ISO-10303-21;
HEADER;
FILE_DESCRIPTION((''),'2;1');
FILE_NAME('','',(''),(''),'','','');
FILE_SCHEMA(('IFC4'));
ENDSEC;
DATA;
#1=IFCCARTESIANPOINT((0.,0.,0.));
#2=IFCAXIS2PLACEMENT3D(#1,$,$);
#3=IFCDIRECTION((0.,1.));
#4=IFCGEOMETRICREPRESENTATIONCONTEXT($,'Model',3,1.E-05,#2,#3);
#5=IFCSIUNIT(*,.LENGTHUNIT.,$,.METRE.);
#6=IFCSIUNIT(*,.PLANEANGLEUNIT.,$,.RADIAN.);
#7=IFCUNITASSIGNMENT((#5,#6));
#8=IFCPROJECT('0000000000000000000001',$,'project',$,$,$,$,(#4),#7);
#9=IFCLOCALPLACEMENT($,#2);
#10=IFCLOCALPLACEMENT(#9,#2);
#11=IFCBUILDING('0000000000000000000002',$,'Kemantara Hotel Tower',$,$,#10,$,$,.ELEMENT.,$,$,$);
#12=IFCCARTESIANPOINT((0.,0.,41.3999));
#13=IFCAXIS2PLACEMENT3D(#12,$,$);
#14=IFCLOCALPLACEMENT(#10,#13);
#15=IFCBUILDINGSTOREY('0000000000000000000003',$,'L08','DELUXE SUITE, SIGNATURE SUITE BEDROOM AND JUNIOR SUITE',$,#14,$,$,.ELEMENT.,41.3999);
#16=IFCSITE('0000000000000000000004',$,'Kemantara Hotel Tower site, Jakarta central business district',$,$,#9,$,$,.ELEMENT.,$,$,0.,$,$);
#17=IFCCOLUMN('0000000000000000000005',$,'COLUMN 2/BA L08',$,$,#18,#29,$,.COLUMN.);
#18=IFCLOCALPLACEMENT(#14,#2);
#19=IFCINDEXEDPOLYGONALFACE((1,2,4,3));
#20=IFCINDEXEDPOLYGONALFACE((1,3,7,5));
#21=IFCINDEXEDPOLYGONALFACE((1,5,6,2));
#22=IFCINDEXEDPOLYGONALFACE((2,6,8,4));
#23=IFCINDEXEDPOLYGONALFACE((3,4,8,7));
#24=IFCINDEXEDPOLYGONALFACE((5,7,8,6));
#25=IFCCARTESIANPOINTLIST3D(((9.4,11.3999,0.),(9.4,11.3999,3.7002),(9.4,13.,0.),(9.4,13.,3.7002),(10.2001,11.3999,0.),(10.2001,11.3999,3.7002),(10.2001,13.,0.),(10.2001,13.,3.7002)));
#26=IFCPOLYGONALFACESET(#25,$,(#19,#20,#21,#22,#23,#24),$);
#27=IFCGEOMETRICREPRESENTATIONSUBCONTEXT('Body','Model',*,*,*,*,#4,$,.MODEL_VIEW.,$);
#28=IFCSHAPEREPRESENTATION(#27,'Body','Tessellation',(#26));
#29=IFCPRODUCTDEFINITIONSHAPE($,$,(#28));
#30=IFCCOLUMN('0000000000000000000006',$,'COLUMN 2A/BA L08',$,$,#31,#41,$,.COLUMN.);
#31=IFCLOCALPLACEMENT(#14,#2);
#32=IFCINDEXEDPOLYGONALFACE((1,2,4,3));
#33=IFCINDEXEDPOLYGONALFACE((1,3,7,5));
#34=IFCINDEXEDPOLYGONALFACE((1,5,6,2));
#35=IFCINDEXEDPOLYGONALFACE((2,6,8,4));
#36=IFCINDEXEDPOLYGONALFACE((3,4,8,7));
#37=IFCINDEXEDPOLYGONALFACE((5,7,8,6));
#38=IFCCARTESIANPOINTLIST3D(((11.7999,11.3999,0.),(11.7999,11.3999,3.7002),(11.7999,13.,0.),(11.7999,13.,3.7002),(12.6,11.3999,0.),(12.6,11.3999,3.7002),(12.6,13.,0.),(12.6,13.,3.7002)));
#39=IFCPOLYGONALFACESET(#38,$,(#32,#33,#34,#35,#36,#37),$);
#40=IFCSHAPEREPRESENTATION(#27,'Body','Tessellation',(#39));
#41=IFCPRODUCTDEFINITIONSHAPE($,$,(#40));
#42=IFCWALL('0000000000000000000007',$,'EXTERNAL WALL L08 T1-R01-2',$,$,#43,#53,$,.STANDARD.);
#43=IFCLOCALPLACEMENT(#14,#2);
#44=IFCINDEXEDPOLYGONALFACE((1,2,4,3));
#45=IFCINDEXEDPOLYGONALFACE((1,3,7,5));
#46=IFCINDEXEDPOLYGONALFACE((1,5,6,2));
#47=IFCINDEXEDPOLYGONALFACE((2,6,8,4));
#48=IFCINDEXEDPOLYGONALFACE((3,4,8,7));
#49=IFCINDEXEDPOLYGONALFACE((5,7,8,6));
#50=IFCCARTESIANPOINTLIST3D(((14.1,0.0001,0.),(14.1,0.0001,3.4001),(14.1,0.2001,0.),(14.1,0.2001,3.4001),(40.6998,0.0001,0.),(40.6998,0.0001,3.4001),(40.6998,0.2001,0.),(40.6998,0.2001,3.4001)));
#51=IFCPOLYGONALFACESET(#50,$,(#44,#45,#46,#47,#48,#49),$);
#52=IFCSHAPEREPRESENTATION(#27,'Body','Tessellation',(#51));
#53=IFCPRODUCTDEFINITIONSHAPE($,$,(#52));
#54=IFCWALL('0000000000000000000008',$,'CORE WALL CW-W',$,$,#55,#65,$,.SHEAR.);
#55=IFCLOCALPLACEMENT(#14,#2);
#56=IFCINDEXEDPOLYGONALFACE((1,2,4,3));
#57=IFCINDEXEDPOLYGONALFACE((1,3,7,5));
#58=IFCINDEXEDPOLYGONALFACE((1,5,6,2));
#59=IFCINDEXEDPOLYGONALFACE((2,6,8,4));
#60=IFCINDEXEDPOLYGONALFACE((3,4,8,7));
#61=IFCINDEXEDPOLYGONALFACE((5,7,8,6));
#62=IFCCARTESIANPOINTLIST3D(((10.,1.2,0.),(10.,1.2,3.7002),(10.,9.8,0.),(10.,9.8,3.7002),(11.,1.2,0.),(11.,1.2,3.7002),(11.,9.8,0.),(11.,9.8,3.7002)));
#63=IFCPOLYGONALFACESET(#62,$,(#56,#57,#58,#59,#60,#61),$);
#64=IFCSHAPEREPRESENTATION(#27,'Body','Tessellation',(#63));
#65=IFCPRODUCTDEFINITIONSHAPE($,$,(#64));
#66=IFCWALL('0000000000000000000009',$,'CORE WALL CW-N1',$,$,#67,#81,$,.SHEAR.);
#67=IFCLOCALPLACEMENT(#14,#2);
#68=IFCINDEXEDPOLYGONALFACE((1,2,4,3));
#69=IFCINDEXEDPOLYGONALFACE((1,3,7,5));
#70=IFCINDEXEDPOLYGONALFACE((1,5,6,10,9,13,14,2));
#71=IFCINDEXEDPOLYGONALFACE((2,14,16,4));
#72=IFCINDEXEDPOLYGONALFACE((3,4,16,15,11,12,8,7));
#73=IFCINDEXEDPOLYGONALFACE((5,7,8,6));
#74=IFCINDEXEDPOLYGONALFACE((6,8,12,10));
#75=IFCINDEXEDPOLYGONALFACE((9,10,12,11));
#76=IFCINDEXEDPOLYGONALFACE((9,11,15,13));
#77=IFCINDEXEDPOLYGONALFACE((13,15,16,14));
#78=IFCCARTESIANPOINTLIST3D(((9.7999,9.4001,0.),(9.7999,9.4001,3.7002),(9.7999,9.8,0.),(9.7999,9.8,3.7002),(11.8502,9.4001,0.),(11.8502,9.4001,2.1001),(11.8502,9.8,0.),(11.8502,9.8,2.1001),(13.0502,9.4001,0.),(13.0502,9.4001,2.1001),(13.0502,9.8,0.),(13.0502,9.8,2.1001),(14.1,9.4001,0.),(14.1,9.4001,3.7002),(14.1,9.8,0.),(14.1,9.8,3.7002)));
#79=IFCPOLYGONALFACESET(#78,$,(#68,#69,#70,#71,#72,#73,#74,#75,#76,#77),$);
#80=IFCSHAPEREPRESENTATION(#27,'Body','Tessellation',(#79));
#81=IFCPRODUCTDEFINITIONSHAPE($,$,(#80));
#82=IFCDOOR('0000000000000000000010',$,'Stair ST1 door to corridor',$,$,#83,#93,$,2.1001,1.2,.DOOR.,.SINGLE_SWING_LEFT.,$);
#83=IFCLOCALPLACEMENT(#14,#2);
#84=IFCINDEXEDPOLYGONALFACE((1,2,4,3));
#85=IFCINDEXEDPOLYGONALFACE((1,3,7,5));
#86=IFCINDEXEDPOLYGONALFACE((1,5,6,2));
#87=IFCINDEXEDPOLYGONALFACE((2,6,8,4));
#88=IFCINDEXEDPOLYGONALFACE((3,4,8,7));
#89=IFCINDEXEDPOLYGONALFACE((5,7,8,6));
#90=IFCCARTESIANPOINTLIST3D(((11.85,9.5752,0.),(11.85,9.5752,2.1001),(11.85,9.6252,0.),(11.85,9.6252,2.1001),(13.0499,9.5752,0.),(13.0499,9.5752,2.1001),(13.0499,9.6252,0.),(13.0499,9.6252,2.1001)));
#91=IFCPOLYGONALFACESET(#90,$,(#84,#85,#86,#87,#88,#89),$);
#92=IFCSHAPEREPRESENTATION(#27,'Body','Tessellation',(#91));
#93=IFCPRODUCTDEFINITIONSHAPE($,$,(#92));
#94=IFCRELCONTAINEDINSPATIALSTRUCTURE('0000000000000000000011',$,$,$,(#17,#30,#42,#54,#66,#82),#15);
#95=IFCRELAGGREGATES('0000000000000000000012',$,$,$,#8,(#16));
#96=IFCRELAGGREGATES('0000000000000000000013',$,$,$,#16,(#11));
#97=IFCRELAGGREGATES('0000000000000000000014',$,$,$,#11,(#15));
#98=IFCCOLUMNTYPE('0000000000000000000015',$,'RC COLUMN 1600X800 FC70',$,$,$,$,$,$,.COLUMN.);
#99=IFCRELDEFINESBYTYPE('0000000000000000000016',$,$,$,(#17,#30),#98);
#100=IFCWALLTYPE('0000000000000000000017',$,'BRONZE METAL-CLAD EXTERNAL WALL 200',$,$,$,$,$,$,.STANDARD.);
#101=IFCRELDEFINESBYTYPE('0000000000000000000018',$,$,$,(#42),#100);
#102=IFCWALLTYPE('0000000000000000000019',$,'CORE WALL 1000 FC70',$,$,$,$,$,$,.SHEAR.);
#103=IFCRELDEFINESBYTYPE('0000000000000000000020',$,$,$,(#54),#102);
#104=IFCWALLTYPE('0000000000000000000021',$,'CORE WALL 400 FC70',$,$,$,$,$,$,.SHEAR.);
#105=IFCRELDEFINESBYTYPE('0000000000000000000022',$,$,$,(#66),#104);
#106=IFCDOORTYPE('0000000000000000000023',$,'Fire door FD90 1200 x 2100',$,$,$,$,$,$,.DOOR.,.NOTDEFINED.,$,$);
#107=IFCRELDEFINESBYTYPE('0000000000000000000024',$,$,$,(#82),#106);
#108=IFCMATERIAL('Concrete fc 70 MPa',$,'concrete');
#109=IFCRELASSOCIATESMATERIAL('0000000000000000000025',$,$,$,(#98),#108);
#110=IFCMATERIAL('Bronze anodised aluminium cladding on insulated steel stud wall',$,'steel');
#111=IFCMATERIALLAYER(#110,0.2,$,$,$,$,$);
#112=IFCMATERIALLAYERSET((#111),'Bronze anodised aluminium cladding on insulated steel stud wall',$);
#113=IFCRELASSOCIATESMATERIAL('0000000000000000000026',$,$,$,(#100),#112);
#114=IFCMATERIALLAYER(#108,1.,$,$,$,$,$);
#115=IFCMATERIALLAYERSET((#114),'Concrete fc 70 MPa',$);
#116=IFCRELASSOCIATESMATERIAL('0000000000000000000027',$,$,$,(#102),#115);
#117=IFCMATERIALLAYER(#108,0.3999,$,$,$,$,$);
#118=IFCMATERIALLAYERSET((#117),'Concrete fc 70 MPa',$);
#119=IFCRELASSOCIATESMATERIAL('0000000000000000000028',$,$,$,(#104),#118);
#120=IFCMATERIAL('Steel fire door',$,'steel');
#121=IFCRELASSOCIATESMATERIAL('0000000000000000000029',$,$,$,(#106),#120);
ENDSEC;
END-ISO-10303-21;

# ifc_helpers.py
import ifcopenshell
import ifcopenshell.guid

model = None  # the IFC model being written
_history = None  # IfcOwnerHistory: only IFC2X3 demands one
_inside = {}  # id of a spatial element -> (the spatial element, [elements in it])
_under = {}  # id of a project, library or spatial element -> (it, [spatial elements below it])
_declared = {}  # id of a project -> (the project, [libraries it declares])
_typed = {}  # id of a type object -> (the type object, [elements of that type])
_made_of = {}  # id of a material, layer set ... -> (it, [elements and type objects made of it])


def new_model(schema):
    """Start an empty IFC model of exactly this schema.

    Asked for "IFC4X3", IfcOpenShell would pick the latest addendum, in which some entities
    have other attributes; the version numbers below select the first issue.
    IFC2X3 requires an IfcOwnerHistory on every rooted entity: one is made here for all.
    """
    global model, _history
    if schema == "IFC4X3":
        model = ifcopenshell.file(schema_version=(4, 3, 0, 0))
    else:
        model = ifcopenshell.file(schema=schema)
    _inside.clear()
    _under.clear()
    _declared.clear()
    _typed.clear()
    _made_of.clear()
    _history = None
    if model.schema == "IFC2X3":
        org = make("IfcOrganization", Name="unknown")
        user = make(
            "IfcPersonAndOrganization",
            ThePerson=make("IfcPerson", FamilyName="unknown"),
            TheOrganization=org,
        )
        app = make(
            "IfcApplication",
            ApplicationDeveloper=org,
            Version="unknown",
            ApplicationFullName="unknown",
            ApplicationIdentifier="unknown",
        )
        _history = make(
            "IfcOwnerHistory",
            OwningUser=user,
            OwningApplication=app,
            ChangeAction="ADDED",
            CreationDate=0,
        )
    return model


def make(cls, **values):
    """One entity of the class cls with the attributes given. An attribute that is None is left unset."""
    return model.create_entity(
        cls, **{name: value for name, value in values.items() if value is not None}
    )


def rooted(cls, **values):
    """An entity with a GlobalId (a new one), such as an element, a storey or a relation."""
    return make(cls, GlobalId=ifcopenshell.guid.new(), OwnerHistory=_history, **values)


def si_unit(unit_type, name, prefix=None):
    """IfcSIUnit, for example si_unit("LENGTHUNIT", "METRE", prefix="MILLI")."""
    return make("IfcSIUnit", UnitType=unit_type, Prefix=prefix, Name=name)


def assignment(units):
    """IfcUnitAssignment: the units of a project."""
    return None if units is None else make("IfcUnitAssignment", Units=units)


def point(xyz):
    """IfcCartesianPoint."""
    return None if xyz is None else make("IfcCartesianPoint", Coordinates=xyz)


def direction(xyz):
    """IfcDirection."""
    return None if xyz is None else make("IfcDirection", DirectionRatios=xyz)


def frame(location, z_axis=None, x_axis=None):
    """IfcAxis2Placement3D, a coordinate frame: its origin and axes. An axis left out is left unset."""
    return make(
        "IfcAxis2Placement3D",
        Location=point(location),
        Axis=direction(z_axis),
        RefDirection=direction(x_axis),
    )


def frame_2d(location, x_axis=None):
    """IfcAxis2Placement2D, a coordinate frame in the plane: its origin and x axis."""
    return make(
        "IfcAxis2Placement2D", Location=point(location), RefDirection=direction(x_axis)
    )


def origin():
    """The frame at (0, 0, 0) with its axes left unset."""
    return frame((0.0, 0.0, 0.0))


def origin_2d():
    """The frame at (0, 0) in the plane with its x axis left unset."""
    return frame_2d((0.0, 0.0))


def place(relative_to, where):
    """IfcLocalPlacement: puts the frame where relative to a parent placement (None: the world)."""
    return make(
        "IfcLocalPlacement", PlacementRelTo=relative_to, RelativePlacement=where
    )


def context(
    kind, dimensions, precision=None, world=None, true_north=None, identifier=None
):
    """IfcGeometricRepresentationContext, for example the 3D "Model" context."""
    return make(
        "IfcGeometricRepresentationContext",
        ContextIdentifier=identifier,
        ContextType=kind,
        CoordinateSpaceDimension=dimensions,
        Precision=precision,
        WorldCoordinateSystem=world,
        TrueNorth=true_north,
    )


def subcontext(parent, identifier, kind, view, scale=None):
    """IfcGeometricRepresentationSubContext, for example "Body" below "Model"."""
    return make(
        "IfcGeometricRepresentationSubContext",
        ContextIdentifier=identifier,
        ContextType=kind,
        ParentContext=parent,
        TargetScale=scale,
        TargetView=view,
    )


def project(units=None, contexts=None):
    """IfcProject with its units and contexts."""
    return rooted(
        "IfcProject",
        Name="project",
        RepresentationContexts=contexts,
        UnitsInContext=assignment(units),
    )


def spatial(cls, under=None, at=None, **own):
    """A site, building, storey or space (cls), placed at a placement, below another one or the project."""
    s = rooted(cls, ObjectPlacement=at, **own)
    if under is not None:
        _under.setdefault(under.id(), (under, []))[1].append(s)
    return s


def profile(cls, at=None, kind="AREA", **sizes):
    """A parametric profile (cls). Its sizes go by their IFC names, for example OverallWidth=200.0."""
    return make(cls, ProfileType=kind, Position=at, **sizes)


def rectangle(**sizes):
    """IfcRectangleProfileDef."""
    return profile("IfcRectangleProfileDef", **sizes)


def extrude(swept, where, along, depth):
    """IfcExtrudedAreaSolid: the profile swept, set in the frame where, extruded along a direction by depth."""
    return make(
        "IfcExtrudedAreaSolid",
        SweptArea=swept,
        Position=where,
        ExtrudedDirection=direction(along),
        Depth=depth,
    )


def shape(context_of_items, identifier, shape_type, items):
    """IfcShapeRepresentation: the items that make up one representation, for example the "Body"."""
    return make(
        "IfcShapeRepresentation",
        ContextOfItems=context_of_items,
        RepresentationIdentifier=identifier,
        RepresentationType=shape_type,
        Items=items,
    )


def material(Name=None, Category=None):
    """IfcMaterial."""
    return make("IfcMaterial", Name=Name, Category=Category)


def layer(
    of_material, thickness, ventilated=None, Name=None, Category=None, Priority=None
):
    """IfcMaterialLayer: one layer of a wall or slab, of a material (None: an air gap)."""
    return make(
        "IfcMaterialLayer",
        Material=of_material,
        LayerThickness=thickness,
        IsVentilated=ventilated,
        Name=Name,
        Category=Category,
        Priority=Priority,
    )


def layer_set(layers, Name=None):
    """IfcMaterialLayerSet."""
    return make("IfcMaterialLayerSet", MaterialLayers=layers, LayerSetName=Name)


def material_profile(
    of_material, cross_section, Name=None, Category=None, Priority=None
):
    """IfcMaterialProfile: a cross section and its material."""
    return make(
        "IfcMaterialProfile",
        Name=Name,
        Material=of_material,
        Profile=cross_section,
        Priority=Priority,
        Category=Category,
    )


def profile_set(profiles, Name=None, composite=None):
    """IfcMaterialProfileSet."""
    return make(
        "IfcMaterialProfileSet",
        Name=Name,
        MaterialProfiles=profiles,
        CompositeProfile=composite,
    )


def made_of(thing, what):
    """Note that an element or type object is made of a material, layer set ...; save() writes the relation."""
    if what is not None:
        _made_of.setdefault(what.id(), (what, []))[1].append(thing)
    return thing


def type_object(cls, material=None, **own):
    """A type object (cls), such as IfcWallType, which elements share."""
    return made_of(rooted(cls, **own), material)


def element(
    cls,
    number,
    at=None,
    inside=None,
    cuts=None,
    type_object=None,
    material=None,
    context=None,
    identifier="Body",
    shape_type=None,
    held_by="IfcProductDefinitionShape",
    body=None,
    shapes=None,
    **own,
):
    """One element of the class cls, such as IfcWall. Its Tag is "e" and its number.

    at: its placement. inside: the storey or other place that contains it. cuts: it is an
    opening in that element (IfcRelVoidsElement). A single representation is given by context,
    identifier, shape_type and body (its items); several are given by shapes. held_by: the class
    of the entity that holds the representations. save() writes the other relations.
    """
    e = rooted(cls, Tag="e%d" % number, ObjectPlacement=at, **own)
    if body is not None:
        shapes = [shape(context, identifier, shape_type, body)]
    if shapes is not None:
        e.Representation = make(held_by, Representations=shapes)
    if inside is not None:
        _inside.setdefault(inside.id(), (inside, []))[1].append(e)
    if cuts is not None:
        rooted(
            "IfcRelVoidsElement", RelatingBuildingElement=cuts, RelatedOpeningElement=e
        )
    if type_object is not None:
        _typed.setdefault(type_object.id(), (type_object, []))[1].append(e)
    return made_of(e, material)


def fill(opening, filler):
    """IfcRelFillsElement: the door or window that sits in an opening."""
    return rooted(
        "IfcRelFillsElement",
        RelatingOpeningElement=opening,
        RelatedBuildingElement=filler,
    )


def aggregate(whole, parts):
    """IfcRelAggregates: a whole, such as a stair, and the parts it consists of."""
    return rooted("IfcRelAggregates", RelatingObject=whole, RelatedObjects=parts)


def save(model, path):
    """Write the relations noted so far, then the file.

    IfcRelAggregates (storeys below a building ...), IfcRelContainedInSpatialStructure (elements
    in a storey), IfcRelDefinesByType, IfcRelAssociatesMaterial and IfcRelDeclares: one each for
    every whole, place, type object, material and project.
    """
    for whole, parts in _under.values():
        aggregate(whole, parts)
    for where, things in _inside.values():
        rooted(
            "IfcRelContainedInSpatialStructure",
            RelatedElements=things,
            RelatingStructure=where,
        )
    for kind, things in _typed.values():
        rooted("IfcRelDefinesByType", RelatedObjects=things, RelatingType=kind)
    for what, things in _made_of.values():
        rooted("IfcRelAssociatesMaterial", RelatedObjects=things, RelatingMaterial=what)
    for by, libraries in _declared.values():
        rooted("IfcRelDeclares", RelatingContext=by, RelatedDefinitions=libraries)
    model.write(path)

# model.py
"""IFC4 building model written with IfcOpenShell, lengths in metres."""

from ifc_helpers import new_model, si_unit, direction, frame, frame_2d, origin, origin_2d, place, context, subcontext, project, spatial, rectangle, extrude, material, layer, layer_set, material_profile, profile_set, type_object, element, fill, save


model = new_model("IFC4")

# Units and contexts
model_context = context("Model", 3, precision=1e-05, world=origin(), true_north=direction((0.0, 1.0)))
body_context = subcontext(model_context, "Body", "Model", "MODEL_VIEW")
ifc_project = project(units=[si_unit("LENGTHUNIT", "METRE"), si_unit("PLANEANGLEUNIT", "RADIAN")], contexts=[model_context])

# Site, building, storey
site_placement = place(None, origin())
site = spatial("IfcSite", under=ifc_project, at=site_placement, Name="Kemantara Hotel Tower site, Jakarta central business district", CompositionType="ELEMENT", RefElevation=0.0)
building_placement = place(site_placement, origin())
building = spatial("IfcBuilding", under=site, at=building_placement, Name="Kemantara Hotel Tower", CompositionType="ELEMENT")
storey_placement = place(building_placement, frame((0.0, 0.0, 41.3999)))
storey = spatial("IfcBuildingStorey", under=building, at=storey_placement, Name="L08", Description="DELUXE SUITE, SIGNATURE SUITE BEDROOM AND JUNIOR SUITE", CompositionType="ELEMENT", Elevation=41.3999)

# Columns
ifc_material_1 = material(Name="Concrete fc 70 MPa", Category="concrete")
ifc_material_profile = material_profile(ifc_material_1, rectangle(XDim=1.6001, YDim=0.8, at=origin_2d()), Name="RC 1600X800")
ifc_profile_set = profile_set([ifc_material_profile], Name="Concrete fc 70 MPa")
column_type = type_object("IfcColumnType", Name="RC COLUMN 1600X800 FC70", PredefinedType="COLUMN", material=ifc_profile_set)
for number, where, z_axis, x_axis, name in (
    (1, (9.8, 12.2, 0.0), (0.0, 0.0, 1.0), (0.0, 1.0, 0.0), "COLUMN 2/BA L08"),
    (2, (12.2, 12.2, 0.0), (0.0, 0.0, 1.0), (0.0, 1.0, 0.0), "COLUMN 2A/BA L08"),
):
    element("IfcColumn", number, at=place(storey_placement, frame(where, z_axis=z_axis, x_axis=x_axis)), inside=storey, type_object=column_type, Name=name, PredefinedType="COLUMN", context=body_context, shape_type="SweptSolid", body=[
        extrude(rectangle(XDim=1.6001, YDim=0.8, at=origin_2d()), origin(), (0.0, 0.0, 1.0), 3.7002),
    ])

# Walls
ifc_material_2 = material(Name="Bronze anodised aluminium cladding on insulated steel stud wall", Category="steel")
ifc_layer_1 = layer(ifc_material_2, 0.2)
ifc_layer_set_1 = layer_set([ifc_layer_1], Name="Bronze anodised aluminium cladding on insulated steel stud wall")
wall_type_1 = type_object("IfcWallType", Name="BRONZE METAL-CLAD EXTERNAL WALL 200", PredefinedType="STANDARD", material=ifc_layer_set_1)
wall_1_placement = place(storey_placement, frame((14.1001, 0.1001, 0.0), z_axis=(0.0, 0.0, 1.0), x_axis=(1.0, 0.0, 0.0)))
element("IfcWall", 3, at=wall_1_placement, inside=storey, type_object=wall_type_1, Name="EXTERNAL WALL L08 T1-R01-2", PredefinedType="STANDARD", context=body_context, shape_type="SweptSolid", body=[
    extrude(rectangle(XDim=26.5999, YDim=0.2, at=frame_2d((13.2998, 0.0))), origin(), (0.0, 0.0, 1.0), 3.4001),
])
ifc_layer_2 = layer(ifc_material_1, 1.0)
ifc_layer_set_2 = layer_set([ifc_layer_2], Name="Concrete fc 70 MPa")
wall_type_2 = type_object("IfcWallType", Name="CORE WALL 1000 FC70", PredefinedType="SHEAR", material=ifc_layer_set_2)
wall_2_placement = place(storey_placement, frame((10.5, 1.2, 0.0), z_axis=(0.0, 0.0, 1.0), x_axis=(0.0, 1.0, 0.0)))
element("IfcWall", 4, at=wall_2_placement, inside=storey, type_object=wall_type_2, Name="CORE WALL CW-W", PredefinedType="SHEAR", context=body_context, shape_type="SweptSolid", body=[
    extrude(rectangle(XDim=8.6001, YDim=1.0, at=frame_2d((4.3, 0.0))), origin(), (0.0, 0.0, 1.0), 3.7002),
])

# Wall, opening, door
ifc_layer_3 = layer(ifc_material_1, 0.3999)
ifc_layer_set_3 = layer_set([ifc_layer_3], Name="Concrete fc 70 MPa")
wall_type_3 = type_object("IfcWallType", Name="CORE WALL 400 FC70", PredefinedType="SHEAR", material=ifc_layer_set_3)
wall_3_placement = place(storey_placement, frame((9.8, 9.6001, 0.0), z_axis=(0.0, 0.0, 1.0), x_axis=(1.0, 0.0, 0.0)))
wall_3 = element("IfcWall", 5, at=wall_3_placement, inside=storey, type_object=wall_type_3, Name="CORE WALL CW-N1", PredefinedType="SHEAR", context=body_context, shape_type="SweptSolid", body=[
    extrude(rectangle(XDim=4.3, YDim=0.3999, at=frame_2d((2.1499, 0.0))), origin(), (0.0, 0.0, 1.0), 3.7002),
])
opening_1_placement = place(wall_3_placement, frame((2.05, 0.0, 0.0)))
opening_1 = element("IfcOpeningElement", 6, at=opening_1_placement, cuts=wall_3, PredefinedType="OPENING", context=body_context, shape_type="SweptSolid", body=[
    extrude(rectangle(XDim=1.2, YDim=2.1001, at=frame_2d((0.6001, 1.05))), frame((0.0, 0.21, 0.0), z_axis=(0.0, -1.0, 0.0), x_axis=(1.0, 0.0, 0.0)), (0.0, 0.0, 1.0), 0.4199),
])
ifc_material_3 = material(Name="Steel fire door", Category="steel")
door_type_1 = type_object("IfcDoorType", Name="Fire door FD90 1200 x 2100", OperationType="NOTDEFINED", PredefinedType="DOOR", material=ifc_material_3)
door_1_placement = place(opening_1_placement, frame((1.2, 0.0, 0.0), z_axis=(0.0, 0.0, 1.0), x_axis=(-1.0, 0.0, 0.0)))
door_1 = element("IfcDoor", 7, at=door_1_placement, inside=storey, type_object=door_type_1, Name="Stair ST1 door to corridor", OperationType="SINGLE_SWING_LEFT", OverallHeight=2.1001, OverallWidth=1.2, PredefinedType="DOOR", context=body_context, shape_type="SweptSolid", body=[
    extrude(rectangle(XDim=1.2, YDim=2.1001, at=frame_2d((0.6001, 1.05))), frame((0.0, 0.0249, 0.0), z_axis=(0.0, -1.0, 0.0), x_axis=(1.0, 0.0, 0.0)), (0.0, 0.0, 1.0), 0.05),
])
fill(opening_1, door_1)

save(model, "model.ifc")
